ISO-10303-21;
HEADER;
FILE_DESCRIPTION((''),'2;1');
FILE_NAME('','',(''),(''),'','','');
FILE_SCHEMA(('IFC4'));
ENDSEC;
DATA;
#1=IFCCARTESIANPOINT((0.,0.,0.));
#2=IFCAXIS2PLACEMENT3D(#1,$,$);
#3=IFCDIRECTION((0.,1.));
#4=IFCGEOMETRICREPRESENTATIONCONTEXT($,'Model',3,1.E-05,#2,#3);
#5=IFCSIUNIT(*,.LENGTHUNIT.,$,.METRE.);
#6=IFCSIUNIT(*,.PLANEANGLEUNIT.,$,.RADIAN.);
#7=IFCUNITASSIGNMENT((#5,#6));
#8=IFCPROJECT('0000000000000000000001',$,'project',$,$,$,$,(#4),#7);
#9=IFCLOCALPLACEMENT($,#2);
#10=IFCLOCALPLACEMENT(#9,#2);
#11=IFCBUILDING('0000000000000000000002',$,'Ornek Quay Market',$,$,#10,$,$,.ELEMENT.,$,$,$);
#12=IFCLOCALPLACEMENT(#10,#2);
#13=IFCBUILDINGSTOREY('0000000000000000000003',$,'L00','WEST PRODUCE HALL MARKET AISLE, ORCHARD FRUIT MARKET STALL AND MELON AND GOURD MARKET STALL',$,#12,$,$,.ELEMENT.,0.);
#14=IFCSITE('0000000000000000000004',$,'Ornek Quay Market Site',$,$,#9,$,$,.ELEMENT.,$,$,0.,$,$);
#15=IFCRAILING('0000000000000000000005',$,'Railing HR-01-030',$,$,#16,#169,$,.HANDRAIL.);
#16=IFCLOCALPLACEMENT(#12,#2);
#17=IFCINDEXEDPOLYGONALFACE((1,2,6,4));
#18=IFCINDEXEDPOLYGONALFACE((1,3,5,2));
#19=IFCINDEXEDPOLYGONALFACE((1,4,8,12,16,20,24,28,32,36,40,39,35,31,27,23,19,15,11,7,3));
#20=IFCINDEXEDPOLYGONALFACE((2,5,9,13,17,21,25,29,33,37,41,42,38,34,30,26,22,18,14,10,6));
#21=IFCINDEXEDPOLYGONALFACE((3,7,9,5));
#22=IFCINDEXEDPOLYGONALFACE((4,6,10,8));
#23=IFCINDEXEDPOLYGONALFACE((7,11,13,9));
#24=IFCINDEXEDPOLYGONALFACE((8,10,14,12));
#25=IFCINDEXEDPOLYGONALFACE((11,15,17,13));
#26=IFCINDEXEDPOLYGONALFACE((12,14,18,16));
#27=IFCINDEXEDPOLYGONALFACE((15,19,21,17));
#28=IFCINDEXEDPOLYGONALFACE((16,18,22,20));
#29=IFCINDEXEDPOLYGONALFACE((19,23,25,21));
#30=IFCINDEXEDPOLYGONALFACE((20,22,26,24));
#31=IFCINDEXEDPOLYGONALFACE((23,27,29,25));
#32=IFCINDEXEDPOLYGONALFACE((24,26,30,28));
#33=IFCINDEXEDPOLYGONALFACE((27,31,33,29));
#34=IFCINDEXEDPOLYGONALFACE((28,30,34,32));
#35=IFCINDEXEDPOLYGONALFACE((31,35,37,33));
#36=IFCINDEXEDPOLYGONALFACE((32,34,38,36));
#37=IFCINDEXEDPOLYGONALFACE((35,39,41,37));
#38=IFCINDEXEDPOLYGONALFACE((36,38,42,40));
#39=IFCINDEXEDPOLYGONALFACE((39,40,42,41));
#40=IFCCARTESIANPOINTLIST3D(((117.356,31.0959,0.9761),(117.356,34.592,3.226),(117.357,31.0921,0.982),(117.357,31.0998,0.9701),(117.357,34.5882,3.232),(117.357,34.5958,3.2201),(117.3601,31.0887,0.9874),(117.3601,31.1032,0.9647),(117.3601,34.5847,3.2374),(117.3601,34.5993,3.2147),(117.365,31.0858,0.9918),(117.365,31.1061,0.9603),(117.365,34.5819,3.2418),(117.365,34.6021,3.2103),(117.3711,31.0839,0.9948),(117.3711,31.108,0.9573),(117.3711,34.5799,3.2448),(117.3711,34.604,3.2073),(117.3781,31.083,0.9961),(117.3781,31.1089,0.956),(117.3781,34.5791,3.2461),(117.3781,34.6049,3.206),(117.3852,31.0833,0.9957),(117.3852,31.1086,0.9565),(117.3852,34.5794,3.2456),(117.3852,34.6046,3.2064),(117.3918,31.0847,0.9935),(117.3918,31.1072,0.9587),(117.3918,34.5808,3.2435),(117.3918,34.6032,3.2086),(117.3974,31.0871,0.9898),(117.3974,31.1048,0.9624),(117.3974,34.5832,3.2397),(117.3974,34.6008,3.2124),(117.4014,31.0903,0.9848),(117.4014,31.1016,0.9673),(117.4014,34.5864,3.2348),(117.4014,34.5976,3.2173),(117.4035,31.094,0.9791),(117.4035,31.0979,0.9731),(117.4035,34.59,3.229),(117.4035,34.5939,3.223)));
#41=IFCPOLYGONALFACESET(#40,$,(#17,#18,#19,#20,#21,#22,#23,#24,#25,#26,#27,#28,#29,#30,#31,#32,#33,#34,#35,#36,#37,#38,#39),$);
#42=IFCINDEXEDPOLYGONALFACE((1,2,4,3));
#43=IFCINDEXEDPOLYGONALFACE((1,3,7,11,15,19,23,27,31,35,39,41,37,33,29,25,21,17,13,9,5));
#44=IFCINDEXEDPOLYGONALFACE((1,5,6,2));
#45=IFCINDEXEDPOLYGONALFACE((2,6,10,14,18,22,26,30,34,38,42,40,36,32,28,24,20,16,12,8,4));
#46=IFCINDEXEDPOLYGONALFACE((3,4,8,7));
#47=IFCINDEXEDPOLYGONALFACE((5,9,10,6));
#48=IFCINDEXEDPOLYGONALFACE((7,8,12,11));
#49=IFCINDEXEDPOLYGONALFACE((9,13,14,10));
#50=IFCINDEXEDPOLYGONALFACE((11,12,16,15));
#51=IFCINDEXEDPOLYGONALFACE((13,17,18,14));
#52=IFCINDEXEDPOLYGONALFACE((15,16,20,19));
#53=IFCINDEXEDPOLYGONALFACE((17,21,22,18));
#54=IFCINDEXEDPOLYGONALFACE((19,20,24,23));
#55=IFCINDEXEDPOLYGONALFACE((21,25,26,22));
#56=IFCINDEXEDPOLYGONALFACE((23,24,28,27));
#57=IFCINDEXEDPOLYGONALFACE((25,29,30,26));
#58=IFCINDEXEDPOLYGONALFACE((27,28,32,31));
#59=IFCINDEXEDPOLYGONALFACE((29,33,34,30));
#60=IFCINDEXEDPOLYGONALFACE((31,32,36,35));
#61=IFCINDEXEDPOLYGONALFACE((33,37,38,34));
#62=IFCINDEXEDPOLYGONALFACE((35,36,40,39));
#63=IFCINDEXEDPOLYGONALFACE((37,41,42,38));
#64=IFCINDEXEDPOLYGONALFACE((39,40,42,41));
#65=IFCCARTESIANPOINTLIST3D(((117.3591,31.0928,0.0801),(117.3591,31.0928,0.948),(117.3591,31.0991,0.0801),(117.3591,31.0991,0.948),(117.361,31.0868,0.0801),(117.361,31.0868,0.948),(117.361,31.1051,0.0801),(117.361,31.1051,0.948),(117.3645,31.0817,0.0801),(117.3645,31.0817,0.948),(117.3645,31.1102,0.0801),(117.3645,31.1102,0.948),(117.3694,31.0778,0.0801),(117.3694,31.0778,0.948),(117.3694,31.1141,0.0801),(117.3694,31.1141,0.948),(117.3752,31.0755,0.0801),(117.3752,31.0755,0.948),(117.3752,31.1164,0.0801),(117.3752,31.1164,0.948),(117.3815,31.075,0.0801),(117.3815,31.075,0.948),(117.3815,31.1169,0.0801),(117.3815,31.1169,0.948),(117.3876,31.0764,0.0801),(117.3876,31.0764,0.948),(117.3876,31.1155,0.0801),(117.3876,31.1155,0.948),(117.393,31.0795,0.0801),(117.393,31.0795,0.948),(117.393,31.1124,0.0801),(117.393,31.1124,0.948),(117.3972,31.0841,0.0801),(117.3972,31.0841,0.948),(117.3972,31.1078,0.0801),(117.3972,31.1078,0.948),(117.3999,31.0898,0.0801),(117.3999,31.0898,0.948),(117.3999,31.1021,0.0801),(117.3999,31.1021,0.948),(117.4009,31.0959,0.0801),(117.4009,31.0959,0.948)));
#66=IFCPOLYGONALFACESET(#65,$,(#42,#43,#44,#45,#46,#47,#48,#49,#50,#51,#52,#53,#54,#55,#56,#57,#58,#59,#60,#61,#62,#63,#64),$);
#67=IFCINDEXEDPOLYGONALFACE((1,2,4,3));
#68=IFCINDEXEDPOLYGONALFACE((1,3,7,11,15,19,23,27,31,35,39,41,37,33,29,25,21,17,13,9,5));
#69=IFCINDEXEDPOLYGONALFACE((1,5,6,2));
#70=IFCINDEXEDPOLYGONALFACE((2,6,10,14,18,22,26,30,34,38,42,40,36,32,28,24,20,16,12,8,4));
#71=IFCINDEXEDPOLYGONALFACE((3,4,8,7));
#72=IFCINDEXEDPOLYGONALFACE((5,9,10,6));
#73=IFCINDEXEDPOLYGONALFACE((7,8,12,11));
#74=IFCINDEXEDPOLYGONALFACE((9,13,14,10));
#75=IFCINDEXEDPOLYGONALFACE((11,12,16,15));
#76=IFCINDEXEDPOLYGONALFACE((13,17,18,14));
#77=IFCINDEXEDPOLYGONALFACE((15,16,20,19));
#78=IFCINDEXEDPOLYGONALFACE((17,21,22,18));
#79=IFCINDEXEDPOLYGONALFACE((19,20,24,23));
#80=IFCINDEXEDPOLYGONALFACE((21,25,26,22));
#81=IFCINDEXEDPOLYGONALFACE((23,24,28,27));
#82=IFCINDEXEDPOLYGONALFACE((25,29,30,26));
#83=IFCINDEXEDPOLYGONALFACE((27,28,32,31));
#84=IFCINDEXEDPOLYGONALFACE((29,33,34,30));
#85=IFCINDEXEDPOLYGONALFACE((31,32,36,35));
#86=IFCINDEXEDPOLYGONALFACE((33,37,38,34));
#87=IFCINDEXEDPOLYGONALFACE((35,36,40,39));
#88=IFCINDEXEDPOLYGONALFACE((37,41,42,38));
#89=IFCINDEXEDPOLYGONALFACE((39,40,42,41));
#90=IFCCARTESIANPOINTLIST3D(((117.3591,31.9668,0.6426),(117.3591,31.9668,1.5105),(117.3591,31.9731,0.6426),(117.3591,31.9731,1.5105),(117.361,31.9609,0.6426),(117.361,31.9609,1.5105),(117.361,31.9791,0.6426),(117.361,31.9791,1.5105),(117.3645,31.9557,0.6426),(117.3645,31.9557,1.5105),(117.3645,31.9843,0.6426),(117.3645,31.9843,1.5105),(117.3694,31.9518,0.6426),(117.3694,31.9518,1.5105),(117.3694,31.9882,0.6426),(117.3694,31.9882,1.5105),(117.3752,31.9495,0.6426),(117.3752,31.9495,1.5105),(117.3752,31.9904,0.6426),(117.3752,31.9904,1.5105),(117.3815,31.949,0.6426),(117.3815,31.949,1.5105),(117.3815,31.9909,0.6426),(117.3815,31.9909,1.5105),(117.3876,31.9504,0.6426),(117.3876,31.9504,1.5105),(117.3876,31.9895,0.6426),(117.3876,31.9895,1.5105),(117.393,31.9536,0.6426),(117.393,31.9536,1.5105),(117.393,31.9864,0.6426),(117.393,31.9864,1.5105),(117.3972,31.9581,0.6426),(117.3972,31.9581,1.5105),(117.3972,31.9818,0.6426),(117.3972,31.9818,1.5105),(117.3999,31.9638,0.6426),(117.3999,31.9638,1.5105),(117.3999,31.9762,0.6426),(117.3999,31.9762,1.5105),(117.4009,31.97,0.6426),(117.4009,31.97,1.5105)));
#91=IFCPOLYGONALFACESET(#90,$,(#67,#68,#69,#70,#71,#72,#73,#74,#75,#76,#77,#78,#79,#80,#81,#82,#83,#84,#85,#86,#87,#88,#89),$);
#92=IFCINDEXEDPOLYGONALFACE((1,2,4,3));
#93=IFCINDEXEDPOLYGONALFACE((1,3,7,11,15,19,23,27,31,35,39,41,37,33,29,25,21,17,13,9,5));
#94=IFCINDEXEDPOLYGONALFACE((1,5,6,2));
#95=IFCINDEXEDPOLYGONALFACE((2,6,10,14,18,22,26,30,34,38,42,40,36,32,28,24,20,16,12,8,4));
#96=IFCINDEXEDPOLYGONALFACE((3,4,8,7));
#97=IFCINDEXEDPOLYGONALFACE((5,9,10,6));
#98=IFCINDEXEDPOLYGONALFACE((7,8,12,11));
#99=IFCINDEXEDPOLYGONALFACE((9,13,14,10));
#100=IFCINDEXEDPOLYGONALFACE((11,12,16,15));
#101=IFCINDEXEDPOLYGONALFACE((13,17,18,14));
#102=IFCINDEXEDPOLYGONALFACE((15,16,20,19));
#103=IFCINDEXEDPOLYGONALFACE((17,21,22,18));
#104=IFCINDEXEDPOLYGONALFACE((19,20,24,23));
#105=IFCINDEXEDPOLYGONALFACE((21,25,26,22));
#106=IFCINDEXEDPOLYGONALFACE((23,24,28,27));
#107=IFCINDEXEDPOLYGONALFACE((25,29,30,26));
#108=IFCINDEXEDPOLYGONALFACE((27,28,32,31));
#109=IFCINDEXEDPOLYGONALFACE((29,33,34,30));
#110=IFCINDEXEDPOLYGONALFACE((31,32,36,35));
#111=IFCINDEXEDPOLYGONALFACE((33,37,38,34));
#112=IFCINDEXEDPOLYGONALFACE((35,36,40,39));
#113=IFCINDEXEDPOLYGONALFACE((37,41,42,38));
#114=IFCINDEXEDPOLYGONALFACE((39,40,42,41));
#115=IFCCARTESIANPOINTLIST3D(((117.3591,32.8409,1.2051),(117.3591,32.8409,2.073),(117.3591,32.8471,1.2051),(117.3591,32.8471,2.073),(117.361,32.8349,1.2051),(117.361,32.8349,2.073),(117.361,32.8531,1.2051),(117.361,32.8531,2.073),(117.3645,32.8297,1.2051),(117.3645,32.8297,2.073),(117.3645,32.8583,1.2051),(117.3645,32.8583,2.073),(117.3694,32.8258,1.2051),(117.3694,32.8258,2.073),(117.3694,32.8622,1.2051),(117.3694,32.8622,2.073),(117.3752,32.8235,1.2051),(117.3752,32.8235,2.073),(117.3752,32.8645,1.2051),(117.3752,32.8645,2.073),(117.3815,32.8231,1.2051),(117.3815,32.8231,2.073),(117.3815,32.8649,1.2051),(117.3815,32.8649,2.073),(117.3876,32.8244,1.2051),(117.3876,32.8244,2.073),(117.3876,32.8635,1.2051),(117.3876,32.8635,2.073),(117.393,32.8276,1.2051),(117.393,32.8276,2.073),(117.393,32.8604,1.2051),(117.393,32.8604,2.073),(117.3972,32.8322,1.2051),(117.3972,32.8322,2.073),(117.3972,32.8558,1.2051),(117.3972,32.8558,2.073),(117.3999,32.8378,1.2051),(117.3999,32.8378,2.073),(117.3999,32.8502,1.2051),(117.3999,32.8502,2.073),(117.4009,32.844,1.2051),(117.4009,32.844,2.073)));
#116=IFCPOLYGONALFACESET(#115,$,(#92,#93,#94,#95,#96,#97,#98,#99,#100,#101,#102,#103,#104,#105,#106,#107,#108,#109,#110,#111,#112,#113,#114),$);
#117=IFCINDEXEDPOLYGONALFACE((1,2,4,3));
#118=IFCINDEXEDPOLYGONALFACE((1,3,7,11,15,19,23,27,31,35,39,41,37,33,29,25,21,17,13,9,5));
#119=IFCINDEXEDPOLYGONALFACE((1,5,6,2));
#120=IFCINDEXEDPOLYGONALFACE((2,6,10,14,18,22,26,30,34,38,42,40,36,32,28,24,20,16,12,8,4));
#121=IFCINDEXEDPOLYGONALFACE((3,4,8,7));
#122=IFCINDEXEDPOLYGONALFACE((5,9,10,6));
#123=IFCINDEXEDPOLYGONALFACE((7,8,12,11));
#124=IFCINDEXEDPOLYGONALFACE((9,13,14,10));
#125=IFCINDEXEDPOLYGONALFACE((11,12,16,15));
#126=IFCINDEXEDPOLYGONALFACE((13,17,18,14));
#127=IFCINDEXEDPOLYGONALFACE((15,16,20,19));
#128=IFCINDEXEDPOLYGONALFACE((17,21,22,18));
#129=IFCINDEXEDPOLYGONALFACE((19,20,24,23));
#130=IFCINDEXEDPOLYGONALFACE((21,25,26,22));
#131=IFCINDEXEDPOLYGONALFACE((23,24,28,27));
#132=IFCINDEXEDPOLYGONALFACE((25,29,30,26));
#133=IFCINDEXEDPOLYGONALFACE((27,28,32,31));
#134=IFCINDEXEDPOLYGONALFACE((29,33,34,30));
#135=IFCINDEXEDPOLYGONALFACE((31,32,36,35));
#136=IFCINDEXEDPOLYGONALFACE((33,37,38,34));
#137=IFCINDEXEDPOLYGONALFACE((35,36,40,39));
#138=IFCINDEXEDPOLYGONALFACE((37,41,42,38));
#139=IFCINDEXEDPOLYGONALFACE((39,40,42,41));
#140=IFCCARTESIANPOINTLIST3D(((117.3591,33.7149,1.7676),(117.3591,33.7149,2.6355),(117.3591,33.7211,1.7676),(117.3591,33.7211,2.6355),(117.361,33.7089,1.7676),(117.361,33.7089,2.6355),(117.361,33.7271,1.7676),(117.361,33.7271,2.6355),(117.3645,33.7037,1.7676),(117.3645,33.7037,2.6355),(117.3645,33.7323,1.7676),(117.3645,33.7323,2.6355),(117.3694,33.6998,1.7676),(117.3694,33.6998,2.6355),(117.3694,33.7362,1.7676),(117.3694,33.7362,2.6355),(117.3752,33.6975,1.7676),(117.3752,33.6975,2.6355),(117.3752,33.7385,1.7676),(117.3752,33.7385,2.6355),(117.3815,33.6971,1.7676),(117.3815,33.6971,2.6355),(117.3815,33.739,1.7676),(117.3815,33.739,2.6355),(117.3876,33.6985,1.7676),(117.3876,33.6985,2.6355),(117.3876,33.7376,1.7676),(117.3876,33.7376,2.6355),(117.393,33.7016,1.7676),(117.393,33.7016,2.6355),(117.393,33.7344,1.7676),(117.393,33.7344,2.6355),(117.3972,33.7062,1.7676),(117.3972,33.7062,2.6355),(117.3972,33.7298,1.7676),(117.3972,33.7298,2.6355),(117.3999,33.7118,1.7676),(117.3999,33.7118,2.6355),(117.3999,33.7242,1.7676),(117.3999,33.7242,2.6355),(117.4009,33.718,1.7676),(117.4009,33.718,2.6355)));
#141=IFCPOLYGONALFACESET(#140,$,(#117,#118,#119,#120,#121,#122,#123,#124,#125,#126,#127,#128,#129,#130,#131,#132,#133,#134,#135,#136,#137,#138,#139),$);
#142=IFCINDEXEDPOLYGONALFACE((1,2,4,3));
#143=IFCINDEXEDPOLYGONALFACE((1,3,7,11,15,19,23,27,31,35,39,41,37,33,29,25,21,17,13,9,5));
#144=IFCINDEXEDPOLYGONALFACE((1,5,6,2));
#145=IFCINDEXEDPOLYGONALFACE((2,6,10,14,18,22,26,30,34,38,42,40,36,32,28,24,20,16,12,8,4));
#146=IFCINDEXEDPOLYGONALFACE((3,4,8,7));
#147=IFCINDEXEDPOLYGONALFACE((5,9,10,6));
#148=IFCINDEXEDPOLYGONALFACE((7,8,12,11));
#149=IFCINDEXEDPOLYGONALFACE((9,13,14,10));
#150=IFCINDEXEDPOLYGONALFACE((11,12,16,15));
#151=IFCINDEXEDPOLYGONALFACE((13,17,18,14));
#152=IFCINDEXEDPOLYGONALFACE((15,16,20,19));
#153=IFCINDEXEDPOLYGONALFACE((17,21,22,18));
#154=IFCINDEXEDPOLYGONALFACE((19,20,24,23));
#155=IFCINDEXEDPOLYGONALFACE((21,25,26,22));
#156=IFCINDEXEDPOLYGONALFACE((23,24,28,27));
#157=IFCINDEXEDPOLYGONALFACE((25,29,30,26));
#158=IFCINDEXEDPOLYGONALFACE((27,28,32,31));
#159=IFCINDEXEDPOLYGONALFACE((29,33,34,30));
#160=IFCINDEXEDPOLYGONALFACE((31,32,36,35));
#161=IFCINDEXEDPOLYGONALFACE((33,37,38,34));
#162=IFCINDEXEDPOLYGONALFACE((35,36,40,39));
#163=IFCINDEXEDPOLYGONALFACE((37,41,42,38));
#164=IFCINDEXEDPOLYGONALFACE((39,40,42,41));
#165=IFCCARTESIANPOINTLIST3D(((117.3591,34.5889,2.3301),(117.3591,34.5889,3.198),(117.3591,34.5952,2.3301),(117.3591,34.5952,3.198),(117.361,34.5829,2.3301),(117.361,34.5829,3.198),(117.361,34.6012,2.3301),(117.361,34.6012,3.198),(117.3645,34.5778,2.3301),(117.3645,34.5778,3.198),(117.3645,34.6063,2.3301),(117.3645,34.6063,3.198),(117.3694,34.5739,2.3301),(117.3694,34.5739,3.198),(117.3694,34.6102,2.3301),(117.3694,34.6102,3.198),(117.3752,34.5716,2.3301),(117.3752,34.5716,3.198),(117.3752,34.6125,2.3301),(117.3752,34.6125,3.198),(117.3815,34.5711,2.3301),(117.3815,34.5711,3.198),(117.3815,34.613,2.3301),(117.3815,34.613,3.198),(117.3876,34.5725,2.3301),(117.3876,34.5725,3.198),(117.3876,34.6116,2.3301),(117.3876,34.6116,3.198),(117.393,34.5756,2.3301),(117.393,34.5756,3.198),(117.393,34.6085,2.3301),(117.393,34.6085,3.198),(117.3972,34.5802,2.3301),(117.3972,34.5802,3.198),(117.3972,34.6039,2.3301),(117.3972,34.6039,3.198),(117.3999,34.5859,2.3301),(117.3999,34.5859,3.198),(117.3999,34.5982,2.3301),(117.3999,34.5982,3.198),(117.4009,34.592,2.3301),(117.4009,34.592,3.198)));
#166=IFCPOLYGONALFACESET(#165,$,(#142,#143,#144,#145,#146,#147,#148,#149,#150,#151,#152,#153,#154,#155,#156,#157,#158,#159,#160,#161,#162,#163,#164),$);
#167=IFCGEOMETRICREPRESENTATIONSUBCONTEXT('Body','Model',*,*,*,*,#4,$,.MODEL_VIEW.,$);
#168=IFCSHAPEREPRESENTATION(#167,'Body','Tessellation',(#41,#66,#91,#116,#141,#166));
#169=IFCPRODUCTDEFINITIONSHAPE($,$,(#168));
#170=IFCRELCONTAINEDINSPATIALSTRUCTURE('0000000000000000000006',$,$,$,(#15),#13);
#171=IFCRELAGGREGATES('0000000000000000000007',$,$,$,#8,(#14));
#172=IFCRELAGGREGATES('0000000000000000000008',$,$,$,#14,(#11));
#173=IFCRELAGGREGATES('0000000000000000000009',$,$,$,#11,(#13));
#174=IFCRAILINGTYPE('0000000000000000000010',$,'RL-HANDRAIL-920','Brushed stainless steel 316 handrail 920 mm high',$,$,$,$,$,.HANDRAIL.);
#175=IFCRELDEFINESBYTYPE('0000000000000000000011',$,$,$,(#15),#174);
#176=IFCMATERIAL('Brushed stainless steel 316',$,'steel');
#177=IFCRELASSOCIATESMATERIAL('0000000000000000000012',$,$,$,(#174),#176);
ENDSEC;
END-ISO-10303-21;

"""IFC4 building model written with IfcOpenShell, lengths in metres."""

from ifc_helpers import new_model, si_unit, direction, frame, origin, origin_2d, place, context, subcontext, project, spatial, circle, extrude, material, type_object, element, save


model = new_model("IFC4")

# Units and contexts
model_context = context("Model", 3, precision=1e-05, world=origin(), true_north=direction((0.0, 1.0)))
body_context = subcontext(model_context, "Body", "Model", "MODEL_VIEW")
ifc_project = project(units=[si_unit("LENGTHUNIT", "METRE"), si_unit("PLANEANGLEUNIT", "RADIAN")], contexts=[model_context])

# Site, building, storey
site_placement = place(None, origin())
site = spatial("IfcSite", under=ifc_project, at=site_placement, Name="Ornek Quay Market Site", CompositionType="ELEMENT", RefElevation=0.0)
building_placement = place(site_placement, origin())
building = spatial("IfcBuilding", under=site, at=building_placement, Name="Ornek Quay Market", CompositionType="ELEMENT")
storey_placement = place(building_placement, origin())
storey = spatial("IfcBuildingStorey", under=building, at=storey_placement, Name="L00", Description="WEST PRODUCE HALL MARKET AISLE, ORCHARD FRUIT MARKET STALL AND MELON AND GOURD MARKET STALL", CompositionType="ELEMENT", Elevation=0.0)

# Railing
ifc_material_1 = material(Name="Brushed stainless steel 316", Category="steel")
railing_type_1 = type_object("IfcRailingType", Name="RL-HANDRAIL-920", Description="Brushed stainless steel 316 handrail 920 mm high", PredefinedType="HANDRAIL", material=ifc_material_1)
railing_1_placement = place(storey_placement, frame((117.3799, 31.0959, 0.0801)))
element("IfcRailing", 1, at=railing_1_placement, inside=storey, type_object=railing_type_1, Name="Railing HR-01-030", PredefinedType="HANDRAIL", context=body_context, shape_type="SweptSolid", body=[
    extrude(circle(Radius=0.0239, at=origin_2d()), frame((0.0, 0.0, 0.896), z_axis=(0.0, 0.840904, 0.541185), x_axis=(-1.0, 0.0, 0.0)), (0.0, 0.0, 1.0), 4.1575),
    extrude(circle(Radius=0.021, at=origin_2d()), origin(), (0.0, 0.0, 1.0), 0.8679),
    extrude(circle(Radius=0.021, at=origin_2d()), frame((0.0, 0.874, 0.5625)), (0.0, 0.0, 1.0), 0.8679),
    extrude(circle(Radius=0.021, at=origin_2d()), frame((0.0, 1.748, 1.125)), (0.0, 0.0, 1.0), 0.8679),
    extrude(circle(Radius=0.021, at=origin_2d()), frame((0.0, 2.6221, 1.6875)), (0.0, 0.0, 1.0), 0.8679),
    extrude(circle(Radius=0.021, at=origin_2d()), frame((0.0, 3.4961, 2.25)), (0.0, 0.0, 1.0), 0.8679),
])

save(model, "model.ifc")
